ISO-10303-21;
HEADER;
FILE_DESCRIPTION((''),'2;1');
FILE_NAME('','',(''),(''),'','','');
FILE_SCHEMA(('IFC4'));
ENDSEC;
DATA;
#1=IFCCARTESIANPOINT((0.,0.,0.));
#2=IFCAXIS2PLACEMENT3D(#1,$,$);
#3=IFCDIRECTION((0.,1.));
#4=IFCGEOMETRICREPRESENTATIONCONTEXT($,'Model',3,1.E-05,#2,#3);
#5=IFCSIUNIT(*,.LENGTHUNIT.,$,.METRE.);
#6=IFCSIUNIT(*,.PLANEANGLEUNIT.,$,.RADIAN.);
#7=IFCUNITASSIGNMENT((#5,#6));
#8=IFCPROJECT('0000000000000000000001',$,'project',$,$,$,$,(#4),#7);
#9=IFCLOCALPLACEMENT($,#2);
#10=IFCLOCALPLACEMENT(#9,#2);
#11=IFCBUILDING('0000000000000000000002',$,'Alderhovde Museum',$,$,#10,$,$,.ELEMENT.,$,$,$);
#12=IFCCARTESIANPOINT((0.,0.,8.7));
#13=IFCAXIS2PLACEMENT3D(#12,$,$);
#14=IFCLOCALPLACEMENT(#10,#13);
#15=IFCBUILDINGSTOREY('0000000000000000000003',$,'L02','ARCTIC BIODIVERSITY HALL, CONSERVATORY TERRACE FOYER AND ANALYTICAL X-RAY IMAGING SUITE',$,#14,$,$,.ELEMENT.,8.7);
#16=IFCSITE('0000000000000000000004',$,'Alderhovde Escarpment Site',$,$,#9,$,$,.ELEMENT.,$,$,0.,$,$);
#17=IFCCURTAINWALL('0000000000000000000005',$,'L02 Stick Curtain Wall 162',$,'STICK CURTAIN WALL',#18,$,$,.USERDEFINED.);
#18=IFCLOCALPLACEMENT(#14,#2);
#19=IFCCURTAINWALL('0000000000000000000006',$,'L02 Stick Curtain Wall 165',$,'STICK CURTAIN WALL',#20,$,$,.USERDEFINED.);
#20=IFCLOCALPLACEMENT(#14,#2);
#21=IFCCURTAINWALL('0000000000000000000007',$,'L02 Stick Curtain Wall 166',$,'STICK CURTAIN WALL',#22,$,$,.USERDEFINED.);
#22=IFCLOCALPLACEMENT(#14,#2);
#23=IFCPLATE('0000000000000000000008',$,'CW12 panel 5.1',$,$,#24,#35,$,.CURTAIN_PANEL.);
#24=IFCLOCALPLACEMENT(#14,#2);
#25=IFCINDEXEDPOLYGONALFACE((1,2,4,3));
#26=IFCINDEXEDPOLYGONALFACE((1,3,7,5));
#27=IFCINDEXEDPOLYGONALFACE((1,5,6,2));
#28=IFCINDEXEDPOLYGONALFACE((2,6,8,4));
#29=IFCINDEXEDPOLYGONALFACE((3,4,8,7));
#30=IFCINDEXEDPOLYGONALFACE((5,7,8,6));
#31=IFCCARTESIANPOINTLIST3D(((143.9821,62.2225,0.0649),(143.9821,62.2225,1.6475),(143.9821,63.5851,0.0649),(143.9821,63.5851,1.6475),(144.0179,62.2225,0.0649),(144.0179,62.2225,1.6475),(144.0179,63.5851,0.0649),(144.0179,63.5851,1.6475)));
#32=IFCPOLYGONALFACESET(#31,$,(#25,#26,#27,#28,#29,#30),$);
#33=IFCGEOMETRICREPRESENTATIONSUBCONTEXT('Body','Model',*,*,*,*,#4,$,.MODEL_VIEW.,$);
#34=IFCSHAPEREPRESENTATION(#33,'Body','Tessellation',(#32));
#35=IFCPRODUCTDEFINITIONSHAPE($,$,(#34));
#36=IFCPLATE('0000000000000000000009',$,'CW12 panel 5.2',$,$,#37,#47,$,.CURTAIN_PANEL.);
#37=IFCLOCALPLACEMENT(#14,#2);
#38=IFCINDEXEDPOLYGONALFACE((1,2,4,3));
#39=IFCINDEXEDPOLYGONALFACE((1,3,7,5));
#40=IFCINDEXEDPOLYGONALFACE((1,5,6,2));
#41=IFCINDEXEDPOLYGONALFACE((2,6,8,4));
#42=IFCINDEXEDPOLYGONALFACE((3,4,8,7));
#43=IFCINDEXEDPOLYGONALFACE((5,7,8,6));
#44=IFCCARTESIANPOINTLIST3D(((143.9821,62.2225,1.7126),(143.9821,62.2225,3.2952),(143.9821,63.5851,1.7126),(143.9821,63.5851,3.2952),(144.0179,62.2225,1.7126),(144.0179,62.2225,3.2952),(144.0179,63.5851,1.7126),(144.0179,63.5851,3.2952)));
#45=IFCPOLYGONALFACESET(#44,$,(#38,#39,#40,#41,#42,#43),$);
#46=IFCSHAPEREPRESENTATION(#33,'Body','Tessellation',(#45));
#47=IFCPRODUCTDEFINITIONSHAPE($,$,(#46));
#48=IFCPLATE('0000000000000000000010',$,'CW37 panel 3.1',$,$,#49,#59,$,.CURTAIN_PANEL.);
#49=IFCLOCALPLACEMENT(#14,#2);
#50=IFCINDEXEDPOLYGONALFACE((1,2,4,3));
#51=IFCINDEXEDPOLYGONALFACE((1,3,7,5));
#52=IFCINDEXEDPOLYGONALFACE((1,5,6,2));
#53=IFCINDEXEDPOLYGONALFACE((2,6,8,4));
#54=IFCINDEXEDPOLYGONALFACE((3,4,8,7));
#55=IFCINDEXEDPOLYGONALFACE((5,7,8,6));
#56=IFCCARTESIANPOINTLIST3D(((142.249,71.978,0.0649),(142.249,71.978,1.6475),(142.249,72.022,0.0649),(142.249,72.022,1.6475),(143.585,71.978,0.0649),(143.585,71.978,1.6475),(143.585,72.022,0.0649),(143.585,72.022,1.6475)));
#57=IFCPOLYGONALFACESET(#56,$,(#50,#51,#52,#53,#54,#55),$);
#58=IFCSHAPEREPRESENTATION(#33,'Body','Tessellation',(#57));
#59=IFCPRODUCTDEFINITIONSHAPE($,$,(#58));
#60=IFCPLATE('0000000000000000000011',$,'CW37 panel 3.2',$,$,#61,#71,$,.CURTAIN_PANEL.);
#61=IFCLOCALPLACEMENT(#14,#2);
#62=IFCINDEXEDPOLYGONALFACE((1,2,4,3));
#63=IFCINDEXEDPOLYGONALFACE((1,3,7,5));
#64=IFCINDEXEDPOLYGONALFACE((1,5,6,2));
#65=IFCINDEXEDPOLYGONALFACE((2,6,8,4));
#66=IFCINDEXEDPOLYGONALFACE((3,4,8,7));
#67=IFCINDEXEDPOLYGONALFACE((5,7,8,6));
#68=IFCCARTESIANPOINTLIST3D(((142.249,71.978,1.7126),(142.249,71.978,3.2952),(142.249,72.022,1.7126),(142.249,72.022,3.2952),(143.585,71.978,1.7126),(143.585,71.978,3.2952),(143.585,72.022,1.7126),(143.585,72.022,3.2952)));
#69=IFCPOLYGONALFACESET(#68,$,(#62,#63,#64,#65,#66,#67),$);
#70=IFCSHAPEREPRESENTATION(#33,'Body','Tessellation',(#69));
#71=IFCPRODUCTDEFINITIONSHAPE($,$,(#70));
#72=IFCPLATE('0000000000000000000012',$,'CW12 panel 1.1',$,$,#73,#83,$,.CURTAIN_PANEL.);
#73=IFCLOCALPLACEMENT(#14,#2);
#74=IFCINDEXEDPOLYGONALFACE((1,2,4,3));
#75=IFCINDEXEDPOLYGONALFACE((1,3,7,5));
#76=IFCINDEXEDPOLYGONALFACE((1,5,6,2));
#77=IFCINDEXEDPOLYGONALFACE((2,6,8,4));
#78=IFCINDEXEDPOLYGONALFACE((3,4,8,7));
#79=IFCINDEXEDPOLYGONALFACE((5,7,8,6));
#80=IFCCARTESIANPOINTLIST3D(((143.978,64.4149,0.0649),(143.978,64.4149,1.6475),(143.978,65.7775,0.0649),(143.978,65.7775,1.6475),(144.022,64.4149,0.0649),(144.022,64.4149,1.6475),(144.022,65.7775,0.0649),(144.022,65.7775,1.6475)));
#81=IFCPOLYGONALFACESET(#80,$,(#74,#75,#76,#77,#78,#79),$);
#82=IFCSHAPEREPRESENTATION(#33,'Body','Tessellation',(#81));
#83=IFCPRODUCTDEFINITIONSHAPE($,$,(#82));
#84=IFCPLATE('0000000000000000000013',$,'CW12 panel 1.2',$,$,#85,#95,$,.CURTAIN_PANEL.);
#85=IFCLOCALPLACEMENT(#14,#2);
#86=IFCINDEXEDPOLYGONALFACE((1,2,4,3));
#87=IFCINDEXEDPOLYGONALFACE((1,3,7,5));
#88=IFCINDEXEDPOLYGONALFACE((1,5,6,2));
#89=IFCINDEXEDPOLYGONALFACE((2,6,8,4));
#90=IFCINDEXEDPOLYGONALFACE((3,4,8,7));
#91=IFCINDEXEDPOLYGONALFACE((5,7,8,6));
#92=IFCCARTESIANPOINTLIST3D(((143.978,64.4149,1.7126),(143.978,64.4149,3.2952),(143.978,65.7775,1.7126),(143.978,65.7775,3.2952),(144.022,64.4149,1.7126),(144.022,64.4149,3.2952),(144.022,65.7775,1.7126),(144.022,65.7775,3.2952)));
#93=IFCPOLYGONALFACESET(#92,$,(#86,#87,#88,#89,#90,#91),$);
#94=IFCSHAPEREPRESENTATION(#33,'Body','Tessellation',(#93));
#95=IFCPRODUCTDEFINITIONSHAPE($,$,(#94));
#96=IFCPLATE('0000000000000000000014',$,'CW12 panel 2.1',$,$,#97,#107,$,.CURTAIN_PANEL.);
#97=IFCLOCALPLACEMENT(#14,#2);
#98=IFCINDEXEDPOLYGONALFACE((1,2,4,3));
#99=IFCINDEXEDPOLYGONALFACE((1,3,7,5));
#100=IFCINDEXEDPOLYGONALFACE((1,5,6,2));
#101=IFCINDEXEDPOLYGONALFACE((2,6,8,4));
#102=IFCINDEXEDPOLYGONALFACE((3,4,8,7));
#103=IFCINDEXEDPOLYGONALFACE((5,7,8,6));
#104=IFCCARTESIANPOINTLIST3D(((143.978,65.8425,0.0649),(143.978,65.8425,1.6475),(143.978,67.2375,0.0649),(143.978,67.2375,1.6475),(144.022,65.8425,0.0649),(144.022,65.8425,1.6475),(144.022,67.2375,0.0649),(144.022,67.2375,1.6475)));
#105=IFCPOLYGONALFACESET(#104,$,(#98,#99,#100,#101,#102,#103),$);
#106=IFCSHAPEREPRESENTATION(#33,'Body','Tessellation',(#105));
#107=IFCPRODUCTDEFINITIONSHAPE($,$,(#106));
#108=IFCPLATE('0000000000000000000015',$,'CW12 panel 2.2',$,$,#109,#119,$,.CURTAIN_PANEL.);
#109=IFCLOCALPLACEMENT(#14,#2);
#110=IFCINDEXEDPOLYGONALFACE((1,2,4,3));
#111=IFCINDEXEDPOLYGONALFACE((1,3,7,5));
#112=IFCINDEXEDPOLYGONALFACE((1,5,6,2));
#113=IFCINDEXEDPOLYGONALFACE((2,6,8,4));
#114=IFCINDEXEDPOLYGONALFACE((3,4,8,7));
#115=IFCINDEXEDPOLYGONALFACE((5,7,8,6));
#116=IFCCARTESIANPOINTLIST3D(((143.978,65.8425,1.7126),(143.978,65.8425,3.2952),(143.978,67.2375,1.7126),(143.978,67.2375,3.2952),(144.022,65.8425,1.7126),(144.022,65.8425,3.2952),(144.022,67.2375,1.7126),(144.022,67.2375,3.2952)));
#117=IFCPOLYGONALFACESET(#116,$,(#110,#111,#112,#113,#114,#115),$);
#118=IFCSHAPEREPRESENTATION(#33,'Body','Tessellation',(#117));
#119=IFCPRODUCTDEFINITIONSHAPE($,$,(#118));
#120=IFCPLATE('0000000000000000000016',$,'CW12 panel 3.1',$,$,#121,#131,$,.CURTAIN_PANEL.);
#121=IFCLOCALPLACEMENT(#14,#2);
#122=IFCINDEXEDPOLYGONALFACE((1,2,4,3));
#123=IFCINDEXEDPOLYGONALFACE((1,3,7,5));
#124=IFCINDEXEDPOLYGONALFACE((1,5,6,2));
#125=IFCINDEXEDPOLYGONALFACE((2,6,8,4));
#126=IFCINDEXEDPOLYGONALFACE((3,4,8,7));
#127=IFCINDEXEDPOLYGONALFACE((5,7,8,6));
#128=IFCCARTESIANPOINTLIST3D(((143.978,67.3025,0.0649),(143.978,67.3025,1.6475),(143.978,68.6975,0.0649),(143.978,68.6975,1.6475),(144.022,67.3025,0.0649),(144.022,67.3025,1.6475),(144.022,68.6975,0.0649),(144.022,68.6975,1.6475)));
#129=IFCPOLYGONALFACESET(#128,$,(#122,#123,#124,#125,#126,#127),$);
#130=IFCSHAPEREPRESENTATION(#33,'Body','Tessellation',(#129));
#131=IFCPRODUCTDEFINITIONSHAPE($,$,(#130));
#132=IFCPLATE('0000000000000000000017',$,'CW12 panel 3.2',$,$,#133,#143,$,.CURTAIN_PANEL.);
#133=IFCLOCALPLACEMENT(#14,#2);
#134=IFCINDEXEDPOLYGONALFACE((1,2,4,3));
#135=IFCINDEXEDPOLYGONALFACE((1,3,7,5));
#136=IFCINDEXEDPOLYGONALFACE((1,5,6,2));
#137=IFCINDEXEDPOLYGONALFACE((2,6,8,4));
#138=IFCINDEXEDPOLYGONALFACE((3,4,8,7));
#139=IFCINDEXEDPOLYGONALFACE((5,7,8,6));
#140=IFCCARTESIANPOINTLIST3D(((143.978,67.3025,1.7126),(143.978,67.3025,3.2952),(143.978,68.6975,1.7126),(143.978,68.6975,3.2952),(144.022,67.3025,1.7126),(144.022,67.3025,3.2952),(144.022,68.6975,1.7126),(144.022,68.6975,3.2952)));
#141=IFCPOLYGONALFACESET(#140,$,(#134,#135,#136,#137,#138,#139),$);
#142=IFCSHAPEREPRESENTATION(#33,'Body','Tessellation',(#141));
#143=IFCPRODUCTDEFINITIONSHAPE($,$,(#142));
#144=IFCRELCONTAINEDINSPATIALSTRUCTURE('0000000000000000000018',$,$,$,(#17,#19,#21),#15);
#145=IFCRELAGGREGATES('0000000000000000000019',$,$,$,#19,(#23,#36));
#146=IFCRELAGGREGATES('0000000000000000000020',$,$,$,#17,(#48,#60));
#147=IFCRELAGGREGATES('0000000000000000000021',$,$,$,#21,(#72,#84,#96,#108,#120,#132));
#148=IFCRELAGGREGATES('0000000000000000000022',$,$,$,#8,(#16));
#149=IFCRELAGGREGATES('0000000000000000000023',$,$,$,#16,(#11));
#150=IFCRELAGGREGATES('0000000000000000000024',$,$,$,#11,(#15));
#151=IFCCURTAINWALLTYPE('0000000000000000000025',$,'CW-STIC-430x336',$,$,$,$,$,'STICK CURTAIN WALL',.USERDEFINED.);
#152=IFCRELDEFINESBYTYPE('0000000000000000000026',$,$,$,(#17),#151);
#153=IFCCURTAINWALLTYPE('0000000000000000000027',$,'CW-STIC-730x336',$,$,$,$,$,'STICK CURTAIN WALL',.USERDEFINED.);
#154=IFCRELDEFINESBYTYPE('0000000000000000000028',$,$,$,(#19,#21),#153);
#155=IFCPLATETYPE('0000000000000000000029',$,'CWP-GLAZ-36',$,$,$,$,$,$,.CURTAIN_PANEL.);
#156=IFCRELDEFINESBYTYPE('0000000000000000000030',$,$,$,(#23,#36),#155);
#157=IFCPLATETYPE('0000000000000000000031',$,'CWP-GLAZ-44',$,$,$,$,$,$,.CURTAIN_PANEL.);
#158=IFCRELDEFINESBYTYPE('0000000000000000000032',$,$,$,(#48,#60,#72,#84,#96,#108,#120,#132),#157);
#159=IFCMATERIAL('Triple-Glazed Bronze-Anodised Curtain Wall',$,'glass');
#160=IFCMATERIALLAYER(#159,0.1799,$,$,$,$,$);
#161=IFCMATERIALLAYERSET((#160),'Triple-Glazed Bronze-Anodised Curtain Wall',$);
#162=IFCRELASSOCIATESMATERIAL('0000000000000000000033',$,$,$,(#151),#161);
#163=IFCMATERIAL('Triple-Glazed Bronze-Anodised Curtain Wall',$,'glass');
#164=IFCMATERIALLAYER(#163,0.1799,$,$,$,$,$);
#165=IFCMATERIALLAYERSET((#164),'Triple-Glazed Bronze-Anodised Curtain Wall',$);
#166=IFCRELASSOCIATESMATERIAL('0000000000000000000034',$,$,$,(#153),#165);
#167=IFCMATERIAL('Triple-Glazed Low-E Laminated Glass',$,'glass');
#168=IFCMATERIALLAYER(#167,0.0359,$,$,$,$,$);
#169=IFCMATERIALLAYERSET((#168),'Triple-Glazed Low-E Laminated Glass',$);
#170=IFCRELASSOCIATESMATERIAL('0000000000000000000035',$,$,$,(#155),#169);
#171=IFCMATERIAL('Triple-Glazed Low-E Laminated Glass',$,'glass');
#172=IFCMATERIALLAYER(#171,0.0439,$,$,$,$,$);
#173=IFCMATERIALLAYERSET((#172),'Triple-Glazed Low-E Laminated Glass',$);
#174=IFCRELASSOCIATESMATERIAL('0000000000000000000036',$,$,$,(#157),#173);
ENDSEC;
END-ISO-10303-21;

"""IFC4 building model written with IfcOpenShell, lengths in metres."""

from ifc_helpers import new_model, si_unit, direction, frame, origin, origin_2d, place, context, subcontext, project, spatial, rectangle, extrude, material, layer, layer_set, type_object, element, aggregate, save


model = new_model("IFC4")

# Units and contexts
model_context = context("Model", 3, precision=1e-05, world=origin(), true_north=direction((0.0, 1.0)))
body_context = subcontext(model_context, "Body", "Model", "MODEL_VIEW")
ifc_project = project(units=[si_unit("LENGTHUNIT", "METRE"), si_unit("PLANEANGLEUNIT", "RADIAN")], contexts=[model_context])

# Site, building, storey
site_placement = place(None, origin())
site = spatial("IfcSite", under=ifc_project, at=site_placement, Name="Alderhovde Escarpment Site", CompositionType="ELEMENT", RefElevation=0.0)
building_placement = place(site_placement, origin())
building = spatial("IfcBuilding", under=site, at=building_placement, Name="Alderhovde Museum", CompositionType="ELEMENT")
storey_placement = place(building_placement, frame((0.0, 0.0, 8.7)))
storey = spatial("IfcBuildingStorey", under=building, at=storey_placement, Name="L02", Description="ARCTIC BIODIVERSITY HALL, CONSERVATORY TERRACE FOYER AND ANALYTICAL X-RAY IMAGING SUITE", CompositionType="ELEMENT", Elevation=8.7)

# Curtain walls
ifc_material_1 = material(Name="Triple-Glazed Bronze-Anodised Curtain Wall", Category="glass")
ifc_layer_1 = layer(ifc_material_1, 0.1799)
ifc_layer_set_1 = layer_set([ifc_layer_1], Name="Triple-Glazed Bronze-Anodised Curtain Wall")
curtain_wall_type_1 = type_object("IfcCurtainWallType", Name="CW-STIC-430x336", ElementType="STICK CURTAIN WALL", PredefinedType="USERDEFINED", material=ifc_layer_set_1)
curtain_wall_1_placement = place(storey_placement, origin())
curtain_wall_1 = element("IfcCurtainWall", 1, at=curtain_wall_1_placement, inside=storey, type_object=curtain_wall_type_1, Name="L02 Stick Curtain Wall 162", ObjectType="STICK CURTAIN WALL", PredefinedType="USERDEFINED")
ifc_material_2 = material(Name="Triple-Glazed Bronze-Anodised Curtain Wall", Category="glass")
ifc_layer_2 = layer(ifc_material_2, 0.1799)
ifc_layer_set_2 = layer_set([ifc_layer_2], Name="Triple-Glazed Bronze-Anodised Curtain Wall")
curtain_wall_type_2 = type_object("IfcCurtainWallType", Name="CW-STIC-730x336", ElementType="STICK CURTAIN WALL", PredefinedType="USERDEFINED", material=ifc_layer_set_2)
curtain_wall_2_placement = place(storey_placement, origin())
curtain_wall_2 = element("IfcCurtainWall", 2, at=curtain_wall_2_placement, inside=storey, type_object=curtain_wall_type_2, Name="L02 Stick Curtain Wall 165", ObjectType="STICK CURTAIN WALL", PredefinedType="USERDEFINED")

# Curtain wall
curtain_wall_3_placement = place(storey_placement, origin())
curtain_wall_3 = element("IfcCurtainWall", 3, at=curtain_wall_3_placement, inside=storey, type_object=curtain_wall_type_2, Name="L02 Stick Curtain Wall 166", ObjectType="STICK CURTAIN WALL", PredefinedType="USERDEFINED")

# Plates
ifc_material_3 = material(Name="Triple-Glazed Low-E Laminated Glass", Category="glass")
ifc_layer_3 = layer(ifc_material_3, 0.0359)
ifc_layer_set_3 = layer_set([ifc_layer_3], Name="Triple-Glazed Low-E Laminated Glass")
plate_type_1 = type_object("IfcPlateType", Name="CWP-GLAZ-36", PredefinedType="CURTAIN_PANEL", material=ifc_layer_set_3)
plate_1_placement = place(storey_placement, frame((144.0, 62.9038, 0.0649), z_axis=(0.0, 0.0, 1.0), x_axis=(0.0, 1.0, 0.0)))
plate_1 = element("IfcPlate", 4, at=plate_1_placement, type_object=plate_type_1, Name="CW12 panel 5.1", PredefinedType="CURTAIN_PANEL", context=body_context, shape_type="SweptSolid", body=[
    extrude(rectangle(XDim=1.3625, YDim=0.0359, at=origin_2d()), origin(), (0.0, 0.0, 1.0), 1.5825),
])
plate_2_placement = place(storey_placement, frame((144.0, 62.9038, 1.7126), z_axis=(0.0, 0.0, 1.0), x_axis=(0.0, 1.0, 0.0)))
plate_2 = element("IfcPlate", 5, at=plate_2_placement, type_object=plate_type_1, Name="CW12 panel 5.2", PredefinedType="CURTAIN_PANEL", context=body_context, shape_type="SweptSolid", body=[
    extrude(rectangle(XDim=1.3625, YDim=0.0359, at=origin_2d()), origin(), (0.0, 0.0, 1.0), 1.5825),
])
aggregate(curtain_wall_2, [plate_1, plate_2])
ifc_material_4 = material(Name="Triple-Glazed Low-E Laminated Glass", Category="glass")
ifc_layer_4 = layer(ifc_material_4, 0.0439)
ifc_layer_set_4 = layer_set([ifc_layer_4], Name="Triple-Glazed Low-E Laminated Glass")
plate_type_2 = type_object("IfcPlateType", Name="CWP-GLAZ-44", PredefinedType="CURTAIN_PANEL", material=ifc_layer_set_4)
plate_3_placement = place(storey_placement, frame((142.917, 72.0, 0.0649), z_axis=(0.0, 0.0, 1.0), x_axis=(1.0, 0.0, 0.0)))
plate_3 = element("IfcPlate", 6, at=plate_3_placement, type_object=plate_type_2, Name="CW37 panel 3.1", PredefinedType="CURTAIN_PANEL", context=body_context, shape_type="SweptSolid", body=[
    extrude(rectangle(XDim=1.3359, YDim=0.0439, at=origin_2d()), origin(), (0.0, 0.0, 1.0), 1.5825),
])
plate_4_placement = place(storey_placement, frame((142.917, 72.0, 1.7126), z_axis=(0.0, 0.0, 1.0), x_axis=(1.0, 0.0, 0.0)))
plate_4 = element("IfcPlate", 7, at=plate_4_placement, type_object=plate_type_2, Name="CW37 panel 3.2", PredefinedType="CURTAIN_PANEL", context=body_context, shape_type="SweptSolid", body=[
    extrude(rectangle(XDim=1.3359, YDim=0.0439, at=origin_2d()), origin(), (0.0, 0.0, 1.0), 1.5825),
])
aggregate(curtain_wall_1, [plate_3, plate_4])
plate_5_placement = place(storey_placement, frame((144.0, 65.0962, 0.0649), z_axis=(0.0, 0.0, 1.0), x_axis=(0.0, 1.0, 0.0)))
plate_5 = element("IfcPlate", 8, at=plate_5_placement, type_object=plate_type_2, Name="CW12 panel 1.1", PredefinedType="CURTAIN_PANEL", context=body_context, shape_type="SweptSolid", body=[
    extrude(rectangle(XDim=1.3625, YDim=0.0439, at=origin_2d()), origin(), (0.0, 0.0, 1.0), 1.5825),
])
plate_6_placement = place(storey_placement, frame((144.0, 65.0962, 1.7126), z_axis=(0.0, 0.0, 1.0), x_axis=(0.0, 1.0, 0.0)))
plate_6 = element("IfcPlate", 9, at=plate_6_placement, type_object=plate_type_2, Name="CW12 panel 1.2", PredefinedType="CURTAIN_PANEL", context=body_context, shape_type="SweptSolid", body=[
    extrude(rectangle(XDim=1.3625, YDim=0.0439, at=origin_2d()), origin(), (0.0, 0.0, 1.0), 1.5825),
])
plate_7_placement = place(storey_placement, frame((144.0, 66.54, 0.0649), z_axis=(0.0, 0.0, 1.0), x_axis=(0.0, 1.0, 0.0)))
plate_7 = element("IfcPlate", 10, at=plate_7_placement, type_object=plate_type_2, Name="CW12 panel 2.1", PredefinedType="CURTAIN_PANEL", context=body_context, shape_type="SweptSolid", body=[
    extrude(rectangle(XDim=1.395, YDim=0.0439, at=origin_2d()), origin(), (0.0, 0.0, 1.0), 1.5825),
])
plate_8_placement = place(storey_placement, frame((144.0, 66.54, 1.7126), z_axis=(0.0, 0.0, 1.0), x_axis=(0.0, 1.0, 0.0)))
plate_8 = element("IfcPlate", 11, at=plate_8_placement, type_object=plate_type_2, Name="CW12 panel 2.2", PredefinedType="CURTAIN_PANEL", context=body_context, shape_type="SweptSolid", body=[
    extrude(rectangle(XDim=1.395, YDim=0.0439, at=origin_2d()), origin(), (0.0, 0.0, 1.0), 1.5825),
])
plate_9_placement = place(storey_placement, frame((144.0, 68.0, 0.0649), z_axis=(0.0, 0.0, 1.0), x_axis=(0.0, 1.0, 0.0)))
plate_9 = element("IfcPlate", 12, at=plate_9_placement, type_object=plate_type_2, Name="CW12 panel 3.1", PredefinedType="CURTAIN_PANEL", context=body_context, shape_type="SweptSolid", body=[
    extrude(rectangle(XDim=1.395, YDim=0.0439, at=origin_2d()), origin(), (0.0, 0.0, 1.0), 1.5825),
])
plate_10_placement = place(storey_placement, frame((144.0, 68.0, 1.7126), z_axis=(0.0, 0.0, 1.0), x_axis=(0.0, 1.0, 0.0)))
plate_10 = element("IfcPlate", 13, at=plate_10_placement, type_object=plate_type_2, Name="CW12 panel 3.2", PredefinedType="CURTAIN_PANEL", context=body_context, shape_type="SweptSolid", body=[
    extrude(rectangle(XDim=1.395, YDim=0.0439, at=origin_2d()), origin(), (0.0, 0.0, 1.0), 1.5825),
])
aggregate(curtain_wall_3, [plate_5, plate_6, plate_7, plate_8, plate_9, plate_10])

save(model, "model.ifc")
